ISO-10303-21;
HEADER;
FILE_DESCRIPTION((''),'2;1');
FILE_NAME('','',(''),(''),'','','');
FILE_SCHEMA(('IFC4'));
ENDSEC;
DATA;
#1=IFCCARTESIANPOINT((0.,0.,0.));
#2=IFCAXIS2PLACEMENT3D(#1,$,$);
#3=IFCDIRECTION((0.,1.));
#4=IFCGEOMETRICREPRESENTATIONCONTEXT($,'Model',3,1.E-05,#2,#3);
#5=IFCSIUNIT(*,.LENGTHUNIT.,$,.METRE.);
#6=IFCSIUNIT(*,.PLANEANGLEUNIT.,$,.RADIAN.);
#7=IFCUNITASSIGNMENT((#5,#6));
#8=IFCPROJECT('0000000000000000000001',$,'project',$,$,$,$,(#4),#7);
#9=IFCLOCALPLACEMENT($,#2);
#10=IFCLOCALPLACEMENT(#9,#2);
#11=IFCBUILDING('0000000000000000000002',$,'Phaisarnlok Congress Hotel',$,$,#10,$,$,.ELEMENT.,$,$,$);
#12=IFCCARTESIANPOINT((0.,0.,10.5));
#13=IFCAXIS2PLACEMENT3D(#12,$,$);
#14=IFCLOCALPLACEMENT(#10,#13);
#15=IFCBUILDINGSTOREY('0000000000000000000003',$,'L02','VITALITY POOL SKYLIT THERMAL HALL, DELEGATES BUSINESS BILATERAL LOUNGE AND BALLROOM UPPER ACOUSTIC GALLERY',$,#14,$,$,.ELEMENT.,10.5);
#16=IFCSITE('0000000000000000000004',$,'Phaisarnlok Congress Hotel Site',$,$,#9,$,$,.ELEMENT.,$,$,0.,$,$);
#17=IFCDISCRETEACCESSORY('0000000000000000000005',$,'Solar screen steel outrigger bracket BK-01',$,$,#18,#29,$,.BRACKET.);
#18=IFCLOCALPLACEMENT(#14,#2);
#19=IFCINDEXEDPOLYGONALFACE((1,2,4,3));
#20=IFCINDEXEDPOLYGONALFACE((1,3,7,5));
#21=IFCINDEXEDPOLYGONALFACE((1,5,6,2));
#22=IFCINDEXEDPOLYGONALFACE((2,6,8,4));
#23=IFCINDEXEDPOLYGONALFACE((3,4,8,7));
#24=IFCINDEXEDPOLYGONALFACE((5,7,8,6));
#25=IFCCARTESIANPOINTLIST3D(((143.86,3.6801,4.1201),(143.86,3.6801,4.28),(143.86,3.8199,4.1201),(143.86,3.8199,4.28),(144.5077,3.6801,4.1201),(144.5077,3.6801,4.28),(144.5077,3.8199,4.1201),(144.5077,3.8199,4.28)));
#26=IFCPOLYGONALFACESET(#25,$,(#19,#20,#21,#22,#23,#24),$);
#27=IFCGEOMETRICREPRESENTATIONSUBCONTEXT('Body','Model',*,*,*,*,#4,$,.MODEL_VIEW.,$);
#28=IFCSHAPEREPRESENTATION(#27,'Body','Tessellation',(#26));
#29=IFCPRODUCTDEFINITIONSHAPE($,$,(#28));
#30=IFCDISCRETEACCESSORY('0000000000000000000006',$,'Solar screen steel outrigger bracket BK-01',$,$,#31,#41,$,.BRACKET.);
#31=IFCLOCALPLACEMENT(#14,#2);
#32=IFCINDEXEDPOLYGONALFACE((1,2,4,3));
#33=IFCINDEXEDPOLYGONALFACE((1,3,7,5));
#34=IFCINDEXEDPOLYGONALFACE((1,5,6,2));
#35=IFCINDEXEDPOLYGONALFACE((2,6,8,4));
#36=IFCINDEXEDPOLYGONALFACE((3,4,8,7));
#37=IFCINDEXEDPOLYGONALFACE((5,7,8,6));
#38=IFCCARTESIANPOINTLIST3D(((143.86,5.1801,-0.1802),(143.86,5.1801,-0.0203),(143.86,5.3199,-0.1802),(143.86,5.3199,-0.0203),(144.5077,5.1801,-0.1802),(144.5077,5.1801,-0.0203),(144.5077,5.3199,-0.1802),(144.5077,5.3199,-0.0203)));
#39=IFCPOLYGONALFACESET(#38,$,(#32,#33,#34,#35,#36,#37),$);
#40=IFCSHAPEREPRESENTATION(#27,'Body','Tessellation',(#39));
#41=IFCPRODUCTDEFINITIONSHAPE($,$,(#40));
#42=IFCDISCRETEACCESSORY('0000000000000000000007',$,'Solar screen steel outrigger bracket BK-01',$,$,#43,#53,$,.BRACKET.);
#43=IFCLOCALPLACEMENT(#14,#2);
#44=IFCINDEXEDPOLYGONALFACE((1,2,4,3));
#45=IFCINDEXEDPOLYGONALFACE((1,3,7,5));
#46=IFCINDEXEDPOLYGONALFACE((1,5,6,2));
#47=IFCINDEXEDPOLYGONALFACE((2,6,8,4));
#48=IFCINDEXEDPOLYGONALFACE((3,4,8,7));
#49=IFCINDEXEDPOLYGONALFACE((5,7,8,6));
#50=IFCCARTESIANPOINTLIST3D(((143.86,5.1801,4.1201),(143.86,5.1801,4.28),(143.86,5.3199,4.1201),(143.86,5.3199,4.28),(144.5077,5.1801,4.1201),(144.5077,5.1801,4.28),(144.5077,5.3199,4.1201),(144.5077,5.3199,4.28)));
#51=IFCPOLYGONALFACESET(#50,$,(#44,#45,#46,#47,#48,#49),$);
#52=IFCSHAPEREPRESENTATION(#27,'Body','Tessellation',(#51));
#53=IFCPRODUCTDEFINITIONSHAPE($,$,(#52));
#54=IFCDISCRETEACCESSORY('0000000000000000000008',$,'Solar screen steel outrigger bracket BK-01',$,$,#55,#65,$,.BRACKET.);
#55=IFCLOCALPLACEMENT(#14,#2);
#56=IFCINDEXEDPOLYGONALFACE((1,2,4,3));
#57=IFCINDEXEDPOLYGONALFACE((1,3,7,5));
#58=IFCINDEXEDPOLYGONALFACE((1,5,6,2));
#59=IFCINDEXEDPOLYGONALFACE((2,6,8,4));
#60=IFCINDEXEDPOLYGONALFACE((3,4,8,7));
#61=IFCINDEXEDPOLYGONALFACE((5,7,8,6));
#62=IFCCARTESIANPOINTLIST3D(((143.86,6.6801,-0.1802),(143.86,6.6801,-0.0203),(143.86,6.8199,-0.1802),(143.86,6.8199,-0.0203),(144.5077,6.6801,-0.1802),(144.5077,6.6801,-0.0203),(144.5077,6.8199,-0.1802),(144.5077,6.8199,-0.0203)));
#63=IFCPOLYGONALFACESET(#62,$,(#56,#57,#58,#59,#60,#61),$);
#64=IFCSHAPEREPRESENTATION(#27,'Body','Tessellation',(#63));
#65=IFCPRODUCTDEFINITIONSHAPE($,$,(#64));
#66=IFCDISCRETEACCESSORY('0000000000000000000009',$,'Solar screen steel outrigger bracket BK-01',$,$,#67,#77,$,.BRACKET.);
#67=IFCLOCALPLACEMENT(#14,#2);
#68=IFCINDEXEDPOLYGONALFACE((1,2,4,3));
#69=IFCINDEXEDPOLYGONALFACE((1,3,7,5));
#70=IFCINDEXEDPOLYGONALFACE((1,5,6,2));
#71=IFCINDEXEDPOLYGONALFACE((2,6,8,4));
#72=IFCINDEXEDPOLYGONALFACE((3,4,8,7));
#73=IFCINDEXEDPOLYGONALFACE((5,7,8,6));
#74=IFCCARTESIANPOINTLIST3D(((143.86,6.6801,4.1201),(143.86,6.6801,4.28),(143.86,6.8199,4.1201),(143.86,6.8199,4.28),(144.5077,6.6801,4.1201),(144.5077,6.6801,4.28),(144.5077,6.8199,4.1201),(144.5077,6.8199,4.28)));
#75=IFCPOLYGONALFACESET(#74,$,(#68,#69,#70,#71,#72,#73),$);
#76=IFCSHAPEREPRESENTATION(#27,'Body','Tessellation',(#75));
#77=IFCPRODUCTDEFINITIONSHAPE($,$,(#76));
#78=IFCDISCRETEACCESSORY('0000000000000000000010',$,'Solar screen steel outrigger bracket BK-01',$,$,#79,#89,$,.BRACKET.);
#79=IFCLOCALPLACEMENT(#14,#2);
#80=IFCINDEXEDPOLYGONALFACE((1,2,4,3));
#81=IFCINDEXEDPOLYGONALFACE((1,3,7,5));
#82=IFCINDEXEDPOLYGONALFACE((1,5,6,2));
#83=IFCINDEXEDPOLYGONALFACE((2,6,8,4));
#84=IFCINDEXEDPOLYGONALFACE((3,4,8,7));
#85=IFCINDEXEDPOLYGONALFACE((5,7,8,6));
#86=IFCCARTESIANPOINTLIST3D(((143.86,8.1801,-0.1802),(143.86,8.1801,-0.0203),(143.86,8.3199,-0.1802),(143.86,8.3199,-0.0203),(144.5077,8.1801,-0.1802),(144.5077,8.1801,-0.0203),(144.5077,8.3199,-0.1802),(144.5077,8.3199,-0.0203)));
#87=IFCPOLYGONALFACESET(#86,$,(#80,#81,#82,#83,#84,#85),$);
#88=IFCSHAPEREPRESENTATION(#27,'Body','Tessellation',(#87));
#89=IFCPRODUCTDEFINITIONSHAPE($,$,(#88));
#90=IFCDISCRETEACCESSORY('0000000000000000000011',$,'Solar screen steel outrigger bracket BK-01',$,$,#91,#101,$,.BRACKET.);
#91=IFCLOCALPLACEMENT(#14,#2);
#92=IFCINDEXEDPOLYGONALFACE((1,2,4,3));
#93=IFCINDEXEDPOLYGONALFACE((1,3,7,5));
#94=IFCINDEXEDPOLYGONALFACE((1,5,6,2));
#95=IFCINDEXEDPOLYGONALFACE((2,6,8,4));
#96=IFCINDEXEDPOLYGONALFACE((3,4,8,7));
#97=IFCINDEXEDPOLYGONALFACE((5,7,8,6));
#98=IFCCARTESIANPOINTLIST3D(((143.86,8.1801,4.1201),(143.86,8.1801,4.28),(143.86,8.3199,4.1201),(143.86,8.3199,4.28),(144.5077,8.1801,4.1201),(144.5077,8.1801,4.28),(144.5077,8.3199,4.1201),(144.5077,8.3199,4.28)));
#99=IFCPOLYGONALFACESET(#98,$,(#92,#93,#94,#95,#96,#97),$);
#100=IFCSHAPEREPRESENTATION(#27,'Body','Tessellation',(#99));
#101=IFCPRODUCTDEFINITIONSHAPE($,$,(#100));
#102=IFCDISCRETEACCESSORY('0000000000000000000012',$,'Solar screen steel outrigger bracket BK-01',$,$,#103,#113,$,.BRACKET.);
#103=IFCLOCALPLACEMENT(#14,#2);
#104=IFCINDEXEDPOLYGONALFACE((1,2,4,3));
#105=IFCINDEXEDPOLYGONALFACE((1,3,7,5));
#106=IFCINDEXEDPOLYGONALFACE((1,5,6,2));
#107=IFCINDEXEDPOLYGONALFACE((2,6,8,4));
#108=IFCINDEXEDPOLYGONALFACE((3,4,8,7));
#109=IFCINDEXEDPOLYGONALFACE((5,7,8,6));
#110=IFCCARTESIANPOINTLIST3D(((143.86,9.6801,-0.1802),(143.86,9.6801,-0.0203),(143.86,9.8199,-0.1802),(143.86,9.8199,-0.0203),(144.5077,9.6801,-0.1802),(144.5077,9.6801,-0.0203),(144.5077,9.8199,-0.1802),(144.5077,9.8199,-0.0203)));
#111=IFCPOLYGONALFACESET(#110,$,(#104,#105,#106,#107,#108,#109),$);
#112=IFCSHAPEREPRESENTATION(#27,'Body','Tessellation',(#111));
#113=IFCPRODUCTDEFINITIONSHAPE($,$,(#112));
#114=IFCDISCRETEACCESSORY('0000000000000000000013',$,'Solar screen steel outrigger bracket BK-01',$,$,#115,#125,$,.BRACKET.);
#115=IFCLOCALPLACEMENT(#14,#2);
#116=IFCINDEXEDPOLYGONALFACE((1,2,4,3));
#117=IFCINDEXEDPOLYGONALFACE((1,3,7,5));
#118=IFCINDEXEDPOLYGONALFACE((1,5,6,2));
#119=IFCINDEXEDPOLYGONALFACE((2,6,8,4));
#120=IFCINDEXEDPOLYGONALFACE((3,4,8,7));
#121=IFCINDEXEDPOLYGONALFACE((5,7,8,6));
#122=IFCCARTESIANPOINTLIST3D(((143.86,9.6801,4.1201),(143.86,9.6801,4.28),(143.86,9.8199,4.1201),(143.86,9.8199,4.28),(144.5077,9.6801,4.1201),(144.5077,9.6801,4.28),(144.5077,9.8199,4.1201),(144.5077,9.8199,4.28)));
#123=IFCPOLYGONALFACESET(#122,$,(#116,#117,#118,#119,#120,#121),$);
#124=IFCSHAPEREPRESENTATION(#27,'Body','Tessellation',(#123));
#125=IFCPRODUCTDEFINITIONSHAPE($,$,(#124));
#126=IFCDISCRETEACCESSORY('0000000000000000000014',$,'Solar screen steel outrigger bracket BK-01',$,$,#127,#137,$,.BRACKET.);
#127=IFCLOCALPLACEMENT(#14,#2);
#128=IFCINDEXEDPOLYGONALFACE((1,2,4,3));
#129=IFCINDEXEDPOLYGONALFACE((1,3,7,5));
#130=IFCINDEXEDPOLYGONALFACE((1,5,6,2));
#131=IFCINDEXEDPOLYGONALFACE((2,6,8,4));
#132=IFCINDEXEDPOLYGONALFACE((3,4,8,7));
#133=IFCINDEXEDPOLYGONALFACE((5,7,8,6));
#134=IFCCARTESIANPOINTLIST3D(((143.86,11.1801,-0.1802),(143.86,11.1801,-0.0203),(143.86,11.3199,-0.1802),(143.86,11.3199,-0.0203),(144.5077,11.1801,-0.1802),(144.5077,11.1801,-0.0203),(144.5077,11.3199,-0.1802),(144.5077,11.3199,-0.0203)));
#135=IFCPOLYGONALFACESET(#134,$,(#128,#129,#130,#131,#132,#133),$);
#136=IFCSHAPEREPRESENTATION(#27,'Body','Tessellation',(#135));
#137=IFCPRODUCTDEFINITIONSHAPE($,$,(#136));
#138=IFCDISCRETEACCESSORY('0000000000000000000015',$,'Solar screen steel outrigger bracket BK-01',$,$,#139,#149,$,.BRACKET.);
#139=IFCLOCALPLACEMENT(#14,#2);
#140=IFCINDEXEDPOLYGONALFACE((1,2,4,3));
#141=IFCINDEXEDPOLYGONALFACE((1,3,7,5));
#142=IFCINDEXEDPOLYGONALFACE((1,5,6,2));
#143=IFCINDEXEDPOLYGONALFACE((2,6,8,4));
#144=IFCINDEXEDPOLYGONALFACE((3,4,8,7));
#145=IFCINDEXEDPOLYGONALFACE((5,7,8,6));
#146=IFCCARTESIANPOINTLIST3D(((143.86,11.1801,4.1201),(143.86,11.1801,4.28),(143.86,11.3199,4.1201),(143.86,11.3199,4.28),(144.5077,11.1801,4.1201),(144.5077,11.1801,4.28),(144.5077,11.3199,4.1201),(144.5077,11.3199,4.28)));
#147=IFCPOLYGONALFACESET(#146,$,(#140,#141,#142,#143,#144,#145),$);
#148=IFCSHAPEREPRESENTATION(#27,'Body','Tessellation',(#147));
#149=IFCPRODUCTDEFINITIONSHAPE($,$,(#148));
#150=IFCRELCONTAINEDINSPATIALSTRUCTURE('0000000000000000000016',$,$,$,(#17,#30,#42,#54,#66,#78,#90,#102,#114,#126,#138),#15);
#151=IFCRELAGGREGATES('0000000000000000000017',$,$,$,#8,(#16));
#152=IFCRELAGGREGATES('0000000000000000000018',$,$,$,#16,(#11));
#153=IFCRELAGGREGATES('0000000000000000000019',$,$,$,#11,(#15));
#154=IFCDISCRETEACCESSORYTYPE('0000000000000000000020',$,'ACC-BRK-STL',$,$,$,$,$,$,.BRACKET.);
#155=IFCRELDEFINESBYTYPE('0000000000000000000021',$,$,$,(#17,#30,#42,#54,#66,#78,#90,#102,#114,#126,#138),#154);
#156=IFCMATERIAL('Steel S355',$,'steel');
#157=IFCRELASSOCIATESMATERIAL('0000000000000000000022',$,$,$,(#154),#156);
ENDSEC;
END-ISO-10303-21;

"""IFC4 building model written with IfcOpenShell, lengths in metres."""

from ifc_helpers import new_model, si_unit, direction, frame, origin, origin_2d, place, context, subcontext, project, spatial, rectangle, extrude, material, type_object, element, save


model = new_model("IFC4")

# Units and contexts
model_context = context("Model", 3, precision=1e-05, world=origin(), true_north=direction((0.0, 1.0)))
body_context = subcontext(model_context, "Body", "Model", "MODEL_VIEW")
ifc_project = project(units=[si_unit("LENGTHUNIT", "METRE"), si_unit("PLANEANGLEUNIT", "RADIAN")], contexts=[model_context])

# Site, building, storey
site_placement = place(None, origin())
site = spatial("IfcSite", under=ifc_project, at=site_placement, Name="Phaisarnlok Congress Hotel Site", CompositionType="ELEMENT", RefElevation=0.0)
building_placement = place(site_placement, origin())
building = spatial("IfcBuilding", under=site, at=building_placement, Name="Phaisarnlok Congress Hotel", CompositionType="ELEMENT")
storey_placement = place(building_placement, frame((0.0, 0.0, 10.5)))
storey = spatial("IfcBuildingStorey", under=building, at=storey_placement, Name="L02", Description="VITALITY POOL SKYLIT THERMAL HALL, DELEGATES BUSINESS BILATERAL LOUNGE AND BALLROOM UPPER ACOUSTIC GALLERY", CompositionType="ELEMENT", Elevation=10.5)

# Shared definitions
ifc_material_1 = material(Name="Steel S355", Category="steel")

# Discrete accessories
discrete_accessory_type = type_object("IfcDiscreteAccessoryType", Name="ACC-BRK-STL", PredefinedType="BRACKET", material=ifc_material_1)
for number, where, z_axis, x_axis, name in (
    (1, (144.1838, 3.75, 4.1201), (0.0, 0.0, 1.0), (1.0, 0.0, 0.0), "Solar screen steel outrigger bracket BK-01"),
    (2, (144.1838, 5.25, -0.1802), (0.0, 0.0, 1.0), (1.0, 0.0, 0.0), "Solar screen steel outrigger bracket BK-01"),
    (3, (144.1838, 5.25, 4.1201), (0.0, 0.0, 1.0), (1.0, 0.0, 0.0), "Solar screen steel outrigger bracket BK-01"),
    (4, (144.1838, 6.75, -0.1802), (0.0, 0.0, 1.0), (1.0, 0.0, 0.0), "Solar screen steel outrigger bracket BK-01"),
    (5, (144.1838, 6.75, 4.1201), (0.0, 0.0, 1.0), (1.0, 0.0, 0.0), "Solar screen steel outrigger bracket BK-01"),
    (6, (144.1838, 8.25, -0.1802), (0.0, 0.0, 1.0), (1.0, 0.0, 0.0), "Solar screen steel outrigger bracket BK-01"),
    (7, (144.1838, 8.25, 4.1201), (0.0, 0.0, 1.0), (1.0, 0.0, 0.0), "Solar screen steel outrigger bracket BK-01"),
    (8, (144.1838, 9.75, -0.1802), (0.0, 0.0, 1.0), (1.0, 0.0, 0.0), "Solar screen steel outrigger bracket BK-01"),
    (9, (144.1838, 9.75, 4.1201), (0.0, 0.0, 1.0), (1.0, 0.0, 0.0), "Solar screen steel outrigger bracket BK-01"),
    (10, (144.1838, 11.25, -0.1802), (0.0, 0.0, 1.0), (1.0, 0.0, 0.0), "Solar screen steel outrigger bracket BK-01"),
    (11, (144.1838, 11.25, 4.1201), (0.0, 0.0, 1.0), (1.0, 0.0, 0.0), "Solar screen steel outrigger bracket BK-01"),
):
    element("IfcDiscreteAccessory", number, at=place(storey_placement, frame(where, z_axis=z_axis, x_axis=x_axis)), inside=storey, type_object=discrete_accessory_type, Name=name, PredefinedType="BRACKET", context=body_context, shape_type="SweptSolid", body=[
        extrude(rectangle(XDim=0.6477, YDim=0.1399, at=origin_2d()), origin(), (0.0, 0.0, 1.0), 0.1599),
    ])

save(model, "model.ifc")
